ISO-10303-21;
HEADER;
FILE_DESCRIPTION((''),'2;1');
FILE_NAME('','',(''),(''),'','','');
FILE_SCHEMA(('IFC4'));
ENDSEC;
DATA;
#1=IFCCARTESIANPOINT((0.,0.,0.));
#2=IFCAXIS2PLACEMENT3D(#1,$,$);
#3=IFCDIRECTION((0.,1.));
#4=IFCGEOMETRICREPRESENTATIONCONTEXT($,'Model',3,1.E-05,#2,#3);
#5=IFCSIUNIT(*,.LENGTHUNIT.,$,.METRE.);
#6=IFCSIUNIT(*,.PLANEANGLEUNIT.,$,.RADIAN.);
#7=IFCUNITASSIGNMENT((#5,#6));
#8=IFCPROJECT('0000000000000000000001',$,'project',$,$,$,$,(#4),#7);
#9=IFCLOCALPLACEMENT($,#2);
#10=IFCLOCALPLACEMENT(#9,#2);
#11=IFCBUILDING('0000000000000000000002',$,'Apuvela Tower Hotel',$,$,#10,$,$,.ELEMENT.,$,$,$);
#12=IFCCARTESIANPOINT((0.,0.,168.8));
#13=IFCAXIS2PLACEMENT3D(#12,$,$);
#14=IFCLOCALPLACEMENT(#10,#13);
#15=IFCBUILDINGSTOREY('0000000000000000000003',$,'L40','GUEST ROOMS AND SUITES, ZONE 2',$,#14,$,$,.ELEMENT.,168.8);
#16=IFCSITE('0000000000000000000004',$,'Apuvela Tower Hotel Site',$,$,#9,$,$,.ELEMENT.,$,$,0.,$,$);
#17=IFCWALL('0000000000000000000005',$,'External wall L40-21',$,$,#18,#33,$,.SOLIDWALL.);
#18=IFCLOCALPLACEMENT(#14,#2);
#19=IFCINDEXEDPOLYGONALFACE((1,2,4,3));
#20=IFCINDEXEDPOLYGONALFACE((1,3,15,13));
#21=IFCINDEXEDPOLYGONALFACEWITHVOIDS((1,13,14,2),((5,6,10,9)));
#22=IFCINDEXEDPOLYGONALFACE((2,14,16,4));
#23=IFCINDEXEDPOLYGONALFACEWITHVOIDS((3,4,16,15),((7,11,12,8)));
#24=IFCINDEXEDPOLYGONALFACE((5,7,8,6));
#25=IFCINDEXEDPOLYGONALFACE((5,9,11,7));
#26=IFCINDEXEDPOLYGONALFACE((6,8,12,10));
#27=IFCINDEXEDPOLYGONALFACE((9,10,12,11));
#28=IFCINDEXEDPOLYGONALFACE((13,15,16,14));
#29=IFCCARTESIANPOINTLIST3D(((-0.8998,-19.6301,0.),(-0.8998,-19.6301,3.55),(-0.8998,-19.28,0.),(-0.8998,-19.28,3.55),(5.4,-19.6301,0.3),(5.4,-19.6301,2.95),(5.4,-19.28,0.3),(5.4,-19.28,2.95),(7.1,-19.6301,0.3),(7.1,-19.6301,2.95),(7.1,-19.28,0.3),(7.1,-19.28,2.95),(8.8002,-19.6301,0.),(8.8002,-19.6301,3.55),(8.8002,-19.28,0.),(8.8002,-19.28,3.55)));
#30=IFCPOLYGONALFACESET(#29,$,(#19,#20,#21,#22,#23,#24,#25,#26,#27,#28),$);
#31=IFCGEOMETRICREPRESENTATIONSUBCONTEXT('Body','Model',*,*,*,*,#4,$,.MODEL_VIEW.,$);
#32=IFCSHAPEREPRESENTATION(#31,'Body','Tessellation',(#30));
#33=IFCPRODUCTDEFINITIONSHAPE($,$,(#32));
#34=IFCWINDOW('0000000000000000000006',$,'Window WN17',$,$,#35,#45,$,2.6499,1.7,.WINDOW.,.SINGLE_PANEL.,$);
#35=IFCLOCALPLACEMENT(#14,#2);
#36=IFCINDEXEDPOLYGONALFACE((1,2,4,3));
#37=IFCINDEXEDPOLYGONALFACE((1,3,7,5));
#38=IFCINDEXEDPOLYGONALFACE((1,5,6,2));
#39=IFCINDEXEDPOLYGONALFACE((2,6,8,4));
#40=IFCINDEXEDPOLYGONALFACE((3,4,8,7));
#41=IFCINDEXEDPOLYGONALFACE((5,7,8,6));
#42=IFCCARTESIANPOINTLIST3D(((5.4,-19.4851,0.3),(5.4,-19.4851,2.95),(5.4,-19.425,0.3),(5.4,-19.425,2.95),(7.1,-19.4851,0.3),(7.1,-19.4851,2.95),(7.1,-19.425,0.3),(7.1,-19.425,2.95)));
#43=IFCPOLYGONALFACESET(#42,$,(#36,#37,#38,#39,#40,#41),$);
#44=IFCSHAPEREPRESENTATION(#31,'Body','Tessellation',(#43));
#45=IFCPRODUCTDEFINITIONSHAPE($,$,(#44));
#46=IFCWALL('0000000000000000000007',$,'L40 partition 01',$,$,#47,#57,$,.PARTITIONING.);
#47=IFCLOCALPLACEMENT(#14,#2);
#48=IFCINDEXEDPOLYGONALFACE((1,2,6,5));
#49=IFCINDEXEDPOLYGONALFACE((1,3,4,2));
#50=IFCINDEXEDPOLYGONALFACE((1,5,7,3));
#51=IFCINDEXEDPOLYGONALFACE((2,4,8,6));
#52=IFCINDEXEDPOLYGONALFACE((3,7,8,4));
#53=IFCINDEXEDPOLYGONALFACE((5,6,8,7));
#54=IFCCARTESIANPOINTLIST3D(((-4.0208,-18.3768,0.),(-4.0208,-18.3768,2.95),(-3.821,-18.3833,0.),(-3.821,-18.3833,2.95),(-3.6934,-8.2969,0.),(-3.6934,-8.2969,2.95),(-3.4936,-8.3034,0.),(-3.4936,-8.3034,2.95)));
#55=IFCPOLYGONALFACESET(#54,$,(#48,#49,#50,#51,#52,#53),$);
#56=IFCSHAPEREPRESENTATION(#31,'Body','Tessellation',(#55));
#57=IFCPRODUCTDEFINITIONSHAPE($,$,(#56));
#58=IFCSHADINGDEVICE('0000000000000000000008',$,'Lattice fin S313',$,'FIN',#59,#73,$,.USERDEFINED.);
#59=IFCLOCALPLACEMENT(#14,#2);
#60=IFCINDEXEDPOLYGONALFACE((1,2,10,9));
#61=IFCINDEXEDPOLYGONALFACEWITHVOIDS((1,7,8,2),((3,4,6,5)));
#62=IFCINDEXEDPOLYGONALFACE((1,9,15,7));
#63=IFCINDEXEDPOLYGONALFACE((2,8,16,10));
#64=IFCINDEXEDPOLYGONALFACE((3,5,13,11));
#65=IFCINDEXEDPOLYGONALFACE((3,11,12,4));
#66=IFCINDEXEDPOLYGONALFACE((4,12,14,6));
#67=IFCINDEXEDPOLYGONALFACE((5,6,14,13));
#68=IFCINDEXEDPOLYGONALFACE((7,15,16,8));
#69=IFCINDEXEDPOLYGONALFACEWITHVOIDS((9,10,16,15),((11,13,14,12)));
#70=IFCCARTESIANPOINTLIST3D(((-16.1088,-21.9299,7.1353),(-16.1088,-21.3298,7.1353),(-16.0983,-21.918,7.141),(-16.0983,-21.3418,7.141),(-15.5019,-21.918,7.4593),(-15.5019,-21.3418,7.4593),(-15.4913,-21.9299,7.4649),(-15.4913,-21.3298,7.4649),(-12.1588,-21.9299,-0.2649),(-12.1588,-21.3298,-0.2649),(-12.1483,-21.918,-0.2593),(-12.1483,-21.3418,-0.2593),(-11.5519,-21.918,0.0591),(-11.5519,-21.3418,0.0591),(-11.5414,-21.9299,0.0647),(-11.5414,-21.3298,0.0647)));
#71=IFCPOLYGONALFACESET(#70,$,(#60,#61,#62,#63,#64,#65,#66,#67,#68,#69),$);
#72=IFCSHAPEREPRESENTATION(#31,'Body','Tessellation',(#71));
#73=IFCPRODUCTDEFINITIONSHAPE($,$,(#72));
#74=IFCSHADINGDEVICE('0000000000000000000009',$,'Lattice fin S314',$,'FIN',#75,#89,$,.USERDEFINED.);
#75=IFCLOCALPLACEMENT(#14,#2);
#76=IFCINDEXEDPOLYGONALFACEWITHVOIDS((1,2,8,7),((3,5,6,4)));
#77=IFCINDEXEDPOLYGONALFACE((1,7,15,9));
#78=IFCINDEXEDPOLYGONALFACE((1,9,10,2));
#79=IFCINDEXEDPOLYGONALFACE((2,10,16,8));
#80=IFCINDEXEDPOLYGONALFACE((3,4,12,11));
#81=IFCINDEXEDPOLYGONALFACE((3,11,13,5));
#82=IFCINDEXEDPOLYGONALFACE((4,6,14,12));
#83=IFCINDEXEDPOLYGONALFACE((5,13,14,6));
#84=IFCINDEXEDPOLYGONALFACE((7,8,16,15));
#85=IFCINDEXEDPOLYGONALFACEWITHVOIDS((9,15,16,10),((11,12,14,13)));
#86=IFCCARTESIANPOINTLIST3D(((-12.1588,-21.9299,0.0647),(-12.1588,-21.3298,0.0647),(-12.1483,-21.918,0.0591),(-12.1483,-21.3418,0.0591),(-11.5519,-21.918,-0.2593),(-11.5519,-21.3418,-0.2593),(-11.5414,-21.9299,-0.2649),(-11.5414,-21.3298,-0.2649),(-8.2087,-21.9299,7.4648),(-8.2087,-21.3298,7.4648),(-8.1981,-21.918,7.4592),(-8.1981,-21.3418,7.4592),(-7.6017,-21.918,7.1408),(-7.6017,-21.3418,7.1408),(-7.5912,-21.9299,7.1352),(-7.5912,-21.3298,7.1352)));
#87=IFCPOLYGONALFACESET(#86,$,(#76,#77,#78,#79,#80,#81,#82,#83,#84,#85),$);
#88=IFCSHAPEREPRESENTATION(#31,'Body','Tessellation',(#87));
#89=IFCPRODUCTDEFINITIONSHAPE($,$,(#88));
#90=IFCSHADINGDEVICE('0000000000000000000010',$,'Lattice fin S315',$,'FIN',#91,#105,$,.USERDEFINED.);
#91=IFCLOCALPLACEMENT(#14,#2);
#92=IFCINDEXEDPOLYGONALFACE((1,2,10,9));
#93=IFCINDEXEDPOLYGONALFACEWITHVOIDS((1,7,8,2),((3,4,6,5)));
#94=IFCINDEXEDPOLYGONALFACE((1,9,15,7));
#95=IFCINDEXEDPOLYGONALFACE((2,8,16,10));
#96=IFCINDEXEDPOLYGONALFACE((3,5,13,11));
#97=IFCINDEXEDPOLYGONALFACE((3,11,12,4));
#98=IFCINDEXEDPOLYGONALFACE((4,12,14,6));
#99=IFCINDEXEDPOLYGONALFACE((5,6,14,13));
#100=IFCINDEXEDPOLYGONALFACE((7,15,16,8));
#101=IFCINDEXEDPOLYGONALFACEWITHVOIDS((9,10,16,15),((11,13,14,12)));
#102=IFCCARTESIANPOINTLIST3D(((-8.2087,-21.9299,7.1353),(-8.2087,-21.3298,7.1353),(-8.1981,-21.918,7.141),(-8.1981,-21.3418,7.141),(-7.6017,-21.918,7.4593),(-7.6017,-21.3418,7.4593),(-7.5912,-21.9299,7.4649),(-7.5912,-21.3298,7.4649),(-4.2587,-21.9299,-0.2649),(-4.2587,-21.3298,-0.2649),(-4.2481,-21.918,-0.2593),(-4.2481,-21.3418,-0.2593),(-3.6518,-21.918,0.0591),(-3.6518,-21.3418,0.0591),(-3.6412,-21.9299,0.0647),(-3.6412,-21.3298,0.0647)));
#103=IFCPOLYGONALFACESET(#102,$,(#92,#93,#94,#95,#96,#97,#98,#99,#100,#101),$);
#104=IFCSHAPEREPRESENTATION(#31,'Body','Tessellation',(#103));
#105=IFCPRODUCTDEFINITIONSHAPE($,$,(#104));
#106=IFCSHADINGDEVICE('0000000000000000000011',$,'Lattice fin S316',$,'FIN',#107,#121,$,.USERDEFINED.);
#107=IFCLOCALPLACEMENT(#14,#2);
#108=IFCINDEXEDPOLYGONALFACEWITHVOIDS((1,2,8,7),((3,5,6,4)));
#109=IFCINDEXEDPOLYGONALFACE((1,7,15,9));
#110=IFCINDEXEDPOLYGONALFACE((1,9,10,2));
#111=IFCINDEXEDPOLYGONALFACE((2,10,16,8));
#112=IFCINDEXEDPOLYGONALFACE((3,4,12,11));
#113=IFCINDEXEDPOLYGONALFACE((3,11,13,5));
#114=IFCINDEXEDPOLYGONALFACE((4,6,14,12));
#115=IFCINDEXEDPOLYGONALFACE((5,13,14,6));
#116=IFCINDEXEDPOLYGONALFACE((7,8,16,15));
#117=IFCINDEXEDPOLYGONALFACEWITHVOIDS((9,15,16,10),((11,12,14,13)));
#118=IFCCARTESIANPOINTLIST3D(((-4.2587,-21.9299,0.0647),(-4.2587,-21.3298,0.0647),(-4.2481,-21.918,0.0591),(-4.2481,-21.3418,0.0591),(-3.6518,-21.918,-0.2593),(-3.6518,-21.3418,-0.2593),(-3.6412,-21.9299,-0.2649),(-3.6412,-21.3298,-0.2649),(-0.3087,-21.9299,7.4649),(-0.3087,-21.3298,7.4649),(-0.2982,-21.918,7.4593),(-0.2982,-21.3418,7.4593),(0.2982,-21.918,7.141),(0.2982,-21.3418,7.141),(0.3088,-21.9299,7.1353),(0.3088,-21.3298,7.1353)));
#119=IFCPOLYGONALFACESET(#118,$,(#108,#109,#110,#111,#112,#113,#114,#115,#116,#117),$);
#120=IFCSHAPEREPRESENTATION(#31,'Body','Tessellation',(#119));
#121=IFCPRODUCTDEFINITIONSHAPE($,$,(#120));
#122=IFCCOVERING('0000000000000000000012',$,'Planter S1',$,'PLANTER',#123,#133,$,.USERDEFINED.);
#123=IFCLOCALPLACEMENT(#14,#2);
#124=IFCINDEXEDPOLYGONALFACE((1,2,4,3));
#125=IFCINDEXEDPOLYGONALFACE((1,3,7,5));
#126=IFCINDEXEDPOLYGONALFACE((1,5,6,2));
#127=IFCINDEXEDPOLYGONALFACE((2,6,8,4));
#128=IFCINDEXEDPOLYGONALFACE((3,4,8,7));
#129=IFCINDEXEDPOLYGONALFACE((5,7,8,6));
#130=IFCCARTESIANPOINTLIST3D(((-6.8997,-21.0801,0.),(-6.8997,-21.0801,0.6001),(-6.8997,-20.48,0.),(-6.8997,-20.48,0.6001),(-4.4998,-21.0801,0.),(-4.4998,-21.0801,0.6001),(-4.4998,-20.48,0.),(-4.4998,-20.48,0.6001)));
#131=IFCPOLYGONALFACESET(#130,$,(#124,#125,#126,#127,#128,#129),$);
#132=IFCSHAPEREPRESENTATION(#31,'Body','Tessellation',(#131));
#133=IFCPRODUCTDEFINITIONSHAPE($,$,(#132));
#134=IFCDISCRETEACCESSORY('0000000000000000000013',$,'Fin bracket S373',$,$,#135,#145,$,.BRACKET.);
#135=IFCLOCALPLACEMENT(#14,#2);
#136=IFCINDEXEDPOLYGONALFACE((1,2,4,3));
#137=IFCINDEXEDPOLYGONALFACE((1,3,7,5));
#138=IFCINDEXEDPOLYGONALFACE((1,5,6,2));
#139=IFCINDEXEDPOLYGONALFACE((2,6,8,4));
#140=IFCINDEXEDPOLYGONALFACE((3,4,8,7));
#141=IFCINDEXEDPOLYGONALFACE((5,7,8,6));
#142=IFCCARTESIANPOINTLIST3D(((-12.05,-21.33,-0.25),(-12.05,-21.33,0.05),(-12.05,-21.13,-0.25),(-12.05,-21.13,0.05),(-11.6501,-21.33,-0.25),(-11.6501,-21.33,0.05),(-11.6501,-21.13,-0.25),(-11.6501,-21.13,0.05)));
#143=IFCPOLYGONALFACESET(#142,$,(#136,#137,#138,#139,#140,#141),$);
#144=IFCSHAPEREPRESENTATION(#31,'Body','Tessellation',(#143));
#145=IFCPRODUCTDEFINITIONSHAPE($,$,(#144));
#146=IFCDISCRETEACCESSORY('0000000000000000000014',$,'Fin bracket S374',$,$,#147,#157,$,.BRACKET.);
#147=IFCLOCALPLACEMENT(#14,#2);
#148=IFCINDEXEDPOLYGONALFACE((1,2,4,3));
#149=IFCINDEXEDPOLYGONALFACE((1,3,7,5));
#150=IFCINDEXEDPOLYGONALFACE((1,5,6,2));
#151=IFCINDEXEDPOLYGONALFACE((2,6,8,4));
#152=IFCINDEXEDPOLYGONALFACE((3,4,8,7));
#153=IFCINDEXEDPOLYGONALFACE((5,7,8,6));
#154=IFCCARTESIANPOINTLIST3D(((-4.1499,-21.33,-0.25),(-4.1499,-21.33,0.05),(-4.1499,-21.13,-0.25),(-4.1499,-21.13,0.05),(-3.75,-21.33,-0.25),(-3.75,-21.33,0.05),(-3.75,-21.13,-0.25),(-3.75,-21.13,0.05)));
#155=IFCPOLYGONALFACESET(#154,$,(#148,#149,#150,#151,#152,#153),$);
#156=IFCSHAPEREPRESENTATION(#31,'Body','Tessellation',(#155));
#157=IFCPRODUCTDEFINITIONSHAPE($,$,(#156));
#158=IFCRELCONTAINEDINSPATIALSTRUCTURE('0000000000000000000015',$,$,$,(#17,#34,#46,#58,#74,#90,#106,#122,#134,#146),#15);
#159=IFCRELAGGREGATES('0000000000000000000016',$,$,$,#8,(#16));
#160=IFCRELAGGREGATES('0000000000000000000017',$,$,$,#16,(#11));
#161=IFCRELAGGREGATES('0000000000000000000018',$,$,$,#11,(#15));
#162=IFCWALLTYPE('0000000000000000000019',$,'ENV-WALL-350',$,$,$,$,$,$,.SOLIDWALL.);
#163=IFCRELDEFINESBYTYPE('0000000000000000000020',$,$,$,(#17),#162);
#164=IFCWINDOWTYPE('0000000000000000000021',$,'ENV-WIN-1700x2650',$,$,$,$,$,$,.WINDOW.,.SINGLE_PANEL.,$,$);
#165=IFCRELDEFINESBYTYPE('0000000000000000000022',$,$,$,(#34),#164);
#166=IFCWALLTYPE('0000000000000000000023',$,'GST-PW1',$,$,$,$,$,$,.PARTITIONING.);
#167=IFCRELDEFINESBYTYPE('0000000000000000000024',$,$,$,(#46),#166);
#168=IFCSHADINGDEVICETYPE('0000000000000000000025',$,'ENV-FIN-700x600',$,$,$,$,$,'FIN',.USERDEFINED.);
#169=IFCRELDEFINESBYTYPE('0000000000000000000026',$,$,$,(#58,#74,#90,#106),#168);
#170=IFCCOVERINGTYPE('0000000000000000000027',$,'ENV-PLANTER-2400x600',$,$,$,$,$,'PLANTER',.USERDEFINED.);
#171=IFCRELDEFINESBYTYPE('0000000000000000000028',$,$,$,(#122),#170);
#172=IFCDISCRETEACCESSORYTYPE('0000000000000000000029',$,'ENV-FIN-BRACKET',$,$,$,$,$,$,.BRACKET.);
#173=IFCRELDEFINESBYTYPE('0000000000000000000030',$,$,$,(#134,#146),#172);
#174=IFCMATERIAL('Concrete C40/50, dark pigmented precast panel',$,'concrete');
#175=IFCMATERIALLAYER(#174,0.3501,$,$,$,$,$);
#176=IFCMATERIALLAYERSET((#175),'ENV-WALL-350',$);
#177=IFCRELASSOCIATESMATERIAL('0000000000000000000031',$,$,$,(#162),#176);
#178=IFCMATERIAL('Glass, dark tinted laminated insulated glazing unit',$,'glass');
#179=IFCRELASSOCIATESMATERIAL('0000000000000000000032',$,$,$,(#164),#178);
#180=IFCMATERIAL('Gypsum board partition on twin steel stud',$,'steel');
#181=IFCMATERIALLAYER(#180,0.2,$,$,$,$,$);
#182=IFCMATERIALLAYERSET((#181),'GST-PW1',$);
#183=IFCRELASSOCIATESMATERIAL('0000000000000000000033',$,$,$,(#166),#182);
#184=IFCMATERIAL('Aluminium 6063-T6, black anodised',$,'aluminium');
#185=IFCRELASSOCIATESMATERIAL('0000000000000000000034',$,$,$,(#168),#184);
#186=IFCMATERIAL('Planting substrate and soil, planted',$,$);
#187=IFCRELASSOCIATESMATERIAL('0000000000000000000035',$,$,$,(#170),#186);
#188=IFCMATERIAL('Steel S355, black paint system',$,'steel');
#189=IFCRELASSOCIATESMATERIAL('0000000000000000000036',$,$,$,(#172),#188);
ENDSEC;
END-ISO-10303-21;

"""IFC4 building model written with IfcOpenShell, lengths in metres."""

from ifc_helpers import new_model, si_unit, direction, frame, frame_2d, origin, origin_2d, place, context, subcontext, project, spatial, rectangle, hollow_rectangle, extrude, material, layer, layer_set, material_profile, profile_set, type_object, element, fill, save


model = new_model("IFC4")

# Units and contexts
model_context = context("Model", 3, precision=1e-05, world=origin(), true_north=direction((0.0, 1.0)))
body_context = subcontext(model_context, "Body", "Model", "MODEL_VIEW")
ifc_project = project(units=[si_unit("LENGTHUNIT", "METRE"), si_unit("PLANEANGLEUNIT", "RADIAN")], contexts=[model_context])

# Site, building, storey
site_placement = place(None, origin())
site = spatial("IfcSite", under=ifc_project, at=site_placement, Name="Apuvela Tower Hotel Site", CompositionType="ELEMENT", RefElevation=0.0)
building_placement = place(site_placement, origin())
building = spatial("IfcBuilding", under=site, at=building_placement, Name="Apuvela Tower Hotel", CompositionType="ELEMENT")
storey_placement = place(building_placement, frame((0.0, 0.0, 168.8)))
storey = spatial("IfcBuildingStorey", under=building, at=storey_placement, Name="L40", Description="GUEST ROOMS AND SUITES, ZONE 2", CompositionType="ELEMENT", Elevation=168.8)

# Shared definitions
ifc_material_1 = material(Name="Concrete C40/50, dark pigmented precast panel", Category="concrete")
ifc_layer_1 = layer(ifc_material_1, 0.3501)
ifc_layer_set_1 = layer_set([ifc_layer_1], Name="ENV-WALL-350")
wall_type_1 = type_object("IfcWallType", Name="ENV-WALL-350", PredefinedType="SOLIDWALL", material=ifc_layer_set_1)

# Shared definitions
ifc_material_2 = material(Name="Glass, dark tinted laminated insulated glazing unit", Category="glass")

# Wall, opening, window
wall_1_placement = place(storey_placement, frame((-0.8999, -19.4551, 0.0), z_axis=(0.0, 0.0, 1.0), x_axis=(1.0, 0.0, 0.0)))
wall_1 = element("IfcWall", 1, at=wall_1_placement, inside=storey, type_object=wall_type_1, Name="External wall L40-21", PredefinedType="SOLIDWALL", context=body_context, shape_type="SweptSolid", body=[
    extrude(rectangle(XDim=9.7, YDim=0.3501, at=frame_2d((4.8501, 0.0))), origin(), (0.0, 0.0, 1.0), 3.55),
])
opening_1_placement = place(wall_1_placement, frame((6.2998, 0.0, 0.3)))
opening_1 = element("IfcOpeningElement", 2, at=opening_1_placement, cuts=wall_1, PredefinedType="OPENING", context=body_context, shape_type="SweptSolid", body=[
    extrude(rectangle(XDim=1.7, YDim=2.6499, at=frame_2d((0.8501, 1.325))), frame((0.0, 0.1851, 0.0), z_axis=(0.0, -1.0, 0.0), x_axis=(1.0, 0.0, 0.0)), (0.0, 0.0, 1.0), 0.3701),
])
window_type_1 = type_object("IfcWindowType", Name="ENV-WIN-1700x2650", PartitioningType="SINGLE_PANEL", PredefinedType="WINDOW", material=ifc_material_2)
window_1_placement = place(opening_1_placement, origin())
window_1 = element("IfcWindow", 3, at=window_1_placement, inside=storey, type_object=window_type_1, Name="Window WN17", OverallHeight=2.6499, OverallWidth=1.7, PartitioningType="SINGLE_PANEL", PredefinedType="WINDOW", context=body_context, shape_type="SweptSolid", body=[
    extrude(rectangle(XDim=1.7, YDim=2.6499, at=frame_2d((0.8501, 1.325))), frame((0.0, 0.03, 0.0), z_axis=(0.0, -1.0, 0.0), x_axis=(1.0, 0.0, 0.0)), (0.0, 0.0, 1.0), 0.0601),
])
fill(opening_1, window_1)

# Wall
ifc_material_3 = material(Name="Gypsum board partition on twin steel stud", Category="steel")
ifc_layer_2 = layer(ifc_material_3, 0.2)
ifc_layer_set_2 = layer_set([ifc_layer_2], Name="GST-PW1")
wall_type_2 = type_object("IfcWallType", Name="GST-PW1", PredefinedType="PARTITIONING", material=ifc_layer_set_2)
wall_2_placement = place(storey_placement, frame((-3.9209, -18.3799, 0.0), z_axis=(0.0, 0.0, 1.0), x_axis=(0.032463, 0.999473, 0.0)))
element("IfcWall", 4, at=wall_2_placement, inside=storey, type_object=wall_type_2, Name="L40 partition 01", PredefinedType="PARTITIONING", context=body_context, shape_type="SweptSolid", body=[
    extrude(rectangle(XDim=10.0852, YDim=0.2, at=frame_2d((5.0425, 0.0))), origin(), (0.0, 0.0, 1.0), 2.95),
])

# Shading devices
ifc_material_4 = material(Name="Aluminium 6063-T6, black anodised", Category="aluminium")
ifc_material_profile_1 = material_profile(ifc_material_4, hollow_rectangle(XDim=0.6001, YDim=0.7, WallThickness=0.012, at=origin_2d()), Name="AL BOX 700x600x12")
ifc_profile_set_1 = profile_set([ifc_material_profile_1], Name="Aluminium 6063-T6, black anodised")
shading_device_type = type_object("IfcShadingDeviceType", Name="ENV-FIN-700x600", ElementType="FIN", PredefinedType="USERDEFINED", material=ifc_profile_set_1)
for number, where, z_axis, x_axis, name in (
    (5, (-11.8501, -21.6299, -0.1001), (-0.470886, 0.0, 0.882194), (0.0, -1.0, 0.0), "Lattice fin S313"),
    (6, (-11.8501, -21.6299, -0.1001), (0.470908, 0.0, 0.882182), (0.0, 1.0, 0.0), "Lattice fin S314"),
    (7, (-3.95, -21.6299, -0.1001), (-0.470886, 0.0, 0.882194), (0.0, -1.0, 0.0), "Lattice fin S315"),
    (8, (-3.95, -21.6299, -0.1001), (0.470886, 0.0, 0.882194), (0.0, 1.0, 0.0), "Lattice fin S316"),
):
    element("IfcShadingDevice", number, at=place(storey_placement, frame(where, z_axis=z_axis, x_axis=x_axis)), inside=storey, type_object=shading_device_type, Name=name, ObjectType="FIN", PredefinedType="USERDEFINED", context=body_context, shape_type="SweptSolid", body=[
        extrude(hollow_rectangle(XDim=0.6001, YDim=0.7, WallThickness=0.012, at=origin_2d()), origin(), (0.0, 0.0, 1.0), 8.3884),
    ])

# Covering
ifc_material_5 = material(Name="Planting substrate and soil, planted")
covering_type = type_object("IfcCoveringType", Name="ENV-PLANTER-2400x600", ElementType="PLANTER", PredefinedType="USERDEFINED", material=ifc_material_5)
covering_placement = place(storey_placement, frame((-5.6997, -20.78, 0.0), z_axis=(0.0, 0.0, 1.0), x_axis=(1.0, 0.0, 0.0)))
element("IfcCovering", 9, at=covering_placement, inside=storey, type_object=covering_type, Name="Planter S1", ObjectType="PLANTER", PredefinedType="USERDEFINED", context=body_context, shape_type="SweptSolid", body=[
    extrude(rectangle(XDim=2.3999, YDim=0.6001, at=origin_2d()), origin(), (0.0, 0.0, 1.0), 0.6001),
])

# Discrete accessories
ifc_material_6 = material(Name="Steel S355, black paint system", Category="steel")
discrete_accessory_type = type_object("IfcDiscreteAccessoryType", Name="ENV-FIN-BRACKET", PredefinedType="BRACKET", material=ifc_material_6)
for number, where, z_axis, x_axis, name in (
    (10, (-11.8501, -21.23, -0.25), (0.0, 0.0, 1.0), (1.0, 0.0, 0.0), "Fin bracket S373"),
    (11, (-3.95, -21.23, -0.25), (0.0, 0.0, 1.0), (1.0, 0.0, 0.0), "Fin bracket S374"),
):
    element("IfcDiscreteAccessory", number, at=place(storey_placement, frame(where, z_axis=z_axis, x_axis=x_axis)), inside=storey, type_object=discrete_accessory_type, Name=name, PredefinedType="BRACKET", context=body_context, shape_type="SweptSolid", body=[
        extrude(rectangle(XDim=0.3999, YDim=0.2, at=origin_2d()), origin(), (0.0, 0.0, 1.0), 0.3),
    ])

save(model, "model.ifc")
